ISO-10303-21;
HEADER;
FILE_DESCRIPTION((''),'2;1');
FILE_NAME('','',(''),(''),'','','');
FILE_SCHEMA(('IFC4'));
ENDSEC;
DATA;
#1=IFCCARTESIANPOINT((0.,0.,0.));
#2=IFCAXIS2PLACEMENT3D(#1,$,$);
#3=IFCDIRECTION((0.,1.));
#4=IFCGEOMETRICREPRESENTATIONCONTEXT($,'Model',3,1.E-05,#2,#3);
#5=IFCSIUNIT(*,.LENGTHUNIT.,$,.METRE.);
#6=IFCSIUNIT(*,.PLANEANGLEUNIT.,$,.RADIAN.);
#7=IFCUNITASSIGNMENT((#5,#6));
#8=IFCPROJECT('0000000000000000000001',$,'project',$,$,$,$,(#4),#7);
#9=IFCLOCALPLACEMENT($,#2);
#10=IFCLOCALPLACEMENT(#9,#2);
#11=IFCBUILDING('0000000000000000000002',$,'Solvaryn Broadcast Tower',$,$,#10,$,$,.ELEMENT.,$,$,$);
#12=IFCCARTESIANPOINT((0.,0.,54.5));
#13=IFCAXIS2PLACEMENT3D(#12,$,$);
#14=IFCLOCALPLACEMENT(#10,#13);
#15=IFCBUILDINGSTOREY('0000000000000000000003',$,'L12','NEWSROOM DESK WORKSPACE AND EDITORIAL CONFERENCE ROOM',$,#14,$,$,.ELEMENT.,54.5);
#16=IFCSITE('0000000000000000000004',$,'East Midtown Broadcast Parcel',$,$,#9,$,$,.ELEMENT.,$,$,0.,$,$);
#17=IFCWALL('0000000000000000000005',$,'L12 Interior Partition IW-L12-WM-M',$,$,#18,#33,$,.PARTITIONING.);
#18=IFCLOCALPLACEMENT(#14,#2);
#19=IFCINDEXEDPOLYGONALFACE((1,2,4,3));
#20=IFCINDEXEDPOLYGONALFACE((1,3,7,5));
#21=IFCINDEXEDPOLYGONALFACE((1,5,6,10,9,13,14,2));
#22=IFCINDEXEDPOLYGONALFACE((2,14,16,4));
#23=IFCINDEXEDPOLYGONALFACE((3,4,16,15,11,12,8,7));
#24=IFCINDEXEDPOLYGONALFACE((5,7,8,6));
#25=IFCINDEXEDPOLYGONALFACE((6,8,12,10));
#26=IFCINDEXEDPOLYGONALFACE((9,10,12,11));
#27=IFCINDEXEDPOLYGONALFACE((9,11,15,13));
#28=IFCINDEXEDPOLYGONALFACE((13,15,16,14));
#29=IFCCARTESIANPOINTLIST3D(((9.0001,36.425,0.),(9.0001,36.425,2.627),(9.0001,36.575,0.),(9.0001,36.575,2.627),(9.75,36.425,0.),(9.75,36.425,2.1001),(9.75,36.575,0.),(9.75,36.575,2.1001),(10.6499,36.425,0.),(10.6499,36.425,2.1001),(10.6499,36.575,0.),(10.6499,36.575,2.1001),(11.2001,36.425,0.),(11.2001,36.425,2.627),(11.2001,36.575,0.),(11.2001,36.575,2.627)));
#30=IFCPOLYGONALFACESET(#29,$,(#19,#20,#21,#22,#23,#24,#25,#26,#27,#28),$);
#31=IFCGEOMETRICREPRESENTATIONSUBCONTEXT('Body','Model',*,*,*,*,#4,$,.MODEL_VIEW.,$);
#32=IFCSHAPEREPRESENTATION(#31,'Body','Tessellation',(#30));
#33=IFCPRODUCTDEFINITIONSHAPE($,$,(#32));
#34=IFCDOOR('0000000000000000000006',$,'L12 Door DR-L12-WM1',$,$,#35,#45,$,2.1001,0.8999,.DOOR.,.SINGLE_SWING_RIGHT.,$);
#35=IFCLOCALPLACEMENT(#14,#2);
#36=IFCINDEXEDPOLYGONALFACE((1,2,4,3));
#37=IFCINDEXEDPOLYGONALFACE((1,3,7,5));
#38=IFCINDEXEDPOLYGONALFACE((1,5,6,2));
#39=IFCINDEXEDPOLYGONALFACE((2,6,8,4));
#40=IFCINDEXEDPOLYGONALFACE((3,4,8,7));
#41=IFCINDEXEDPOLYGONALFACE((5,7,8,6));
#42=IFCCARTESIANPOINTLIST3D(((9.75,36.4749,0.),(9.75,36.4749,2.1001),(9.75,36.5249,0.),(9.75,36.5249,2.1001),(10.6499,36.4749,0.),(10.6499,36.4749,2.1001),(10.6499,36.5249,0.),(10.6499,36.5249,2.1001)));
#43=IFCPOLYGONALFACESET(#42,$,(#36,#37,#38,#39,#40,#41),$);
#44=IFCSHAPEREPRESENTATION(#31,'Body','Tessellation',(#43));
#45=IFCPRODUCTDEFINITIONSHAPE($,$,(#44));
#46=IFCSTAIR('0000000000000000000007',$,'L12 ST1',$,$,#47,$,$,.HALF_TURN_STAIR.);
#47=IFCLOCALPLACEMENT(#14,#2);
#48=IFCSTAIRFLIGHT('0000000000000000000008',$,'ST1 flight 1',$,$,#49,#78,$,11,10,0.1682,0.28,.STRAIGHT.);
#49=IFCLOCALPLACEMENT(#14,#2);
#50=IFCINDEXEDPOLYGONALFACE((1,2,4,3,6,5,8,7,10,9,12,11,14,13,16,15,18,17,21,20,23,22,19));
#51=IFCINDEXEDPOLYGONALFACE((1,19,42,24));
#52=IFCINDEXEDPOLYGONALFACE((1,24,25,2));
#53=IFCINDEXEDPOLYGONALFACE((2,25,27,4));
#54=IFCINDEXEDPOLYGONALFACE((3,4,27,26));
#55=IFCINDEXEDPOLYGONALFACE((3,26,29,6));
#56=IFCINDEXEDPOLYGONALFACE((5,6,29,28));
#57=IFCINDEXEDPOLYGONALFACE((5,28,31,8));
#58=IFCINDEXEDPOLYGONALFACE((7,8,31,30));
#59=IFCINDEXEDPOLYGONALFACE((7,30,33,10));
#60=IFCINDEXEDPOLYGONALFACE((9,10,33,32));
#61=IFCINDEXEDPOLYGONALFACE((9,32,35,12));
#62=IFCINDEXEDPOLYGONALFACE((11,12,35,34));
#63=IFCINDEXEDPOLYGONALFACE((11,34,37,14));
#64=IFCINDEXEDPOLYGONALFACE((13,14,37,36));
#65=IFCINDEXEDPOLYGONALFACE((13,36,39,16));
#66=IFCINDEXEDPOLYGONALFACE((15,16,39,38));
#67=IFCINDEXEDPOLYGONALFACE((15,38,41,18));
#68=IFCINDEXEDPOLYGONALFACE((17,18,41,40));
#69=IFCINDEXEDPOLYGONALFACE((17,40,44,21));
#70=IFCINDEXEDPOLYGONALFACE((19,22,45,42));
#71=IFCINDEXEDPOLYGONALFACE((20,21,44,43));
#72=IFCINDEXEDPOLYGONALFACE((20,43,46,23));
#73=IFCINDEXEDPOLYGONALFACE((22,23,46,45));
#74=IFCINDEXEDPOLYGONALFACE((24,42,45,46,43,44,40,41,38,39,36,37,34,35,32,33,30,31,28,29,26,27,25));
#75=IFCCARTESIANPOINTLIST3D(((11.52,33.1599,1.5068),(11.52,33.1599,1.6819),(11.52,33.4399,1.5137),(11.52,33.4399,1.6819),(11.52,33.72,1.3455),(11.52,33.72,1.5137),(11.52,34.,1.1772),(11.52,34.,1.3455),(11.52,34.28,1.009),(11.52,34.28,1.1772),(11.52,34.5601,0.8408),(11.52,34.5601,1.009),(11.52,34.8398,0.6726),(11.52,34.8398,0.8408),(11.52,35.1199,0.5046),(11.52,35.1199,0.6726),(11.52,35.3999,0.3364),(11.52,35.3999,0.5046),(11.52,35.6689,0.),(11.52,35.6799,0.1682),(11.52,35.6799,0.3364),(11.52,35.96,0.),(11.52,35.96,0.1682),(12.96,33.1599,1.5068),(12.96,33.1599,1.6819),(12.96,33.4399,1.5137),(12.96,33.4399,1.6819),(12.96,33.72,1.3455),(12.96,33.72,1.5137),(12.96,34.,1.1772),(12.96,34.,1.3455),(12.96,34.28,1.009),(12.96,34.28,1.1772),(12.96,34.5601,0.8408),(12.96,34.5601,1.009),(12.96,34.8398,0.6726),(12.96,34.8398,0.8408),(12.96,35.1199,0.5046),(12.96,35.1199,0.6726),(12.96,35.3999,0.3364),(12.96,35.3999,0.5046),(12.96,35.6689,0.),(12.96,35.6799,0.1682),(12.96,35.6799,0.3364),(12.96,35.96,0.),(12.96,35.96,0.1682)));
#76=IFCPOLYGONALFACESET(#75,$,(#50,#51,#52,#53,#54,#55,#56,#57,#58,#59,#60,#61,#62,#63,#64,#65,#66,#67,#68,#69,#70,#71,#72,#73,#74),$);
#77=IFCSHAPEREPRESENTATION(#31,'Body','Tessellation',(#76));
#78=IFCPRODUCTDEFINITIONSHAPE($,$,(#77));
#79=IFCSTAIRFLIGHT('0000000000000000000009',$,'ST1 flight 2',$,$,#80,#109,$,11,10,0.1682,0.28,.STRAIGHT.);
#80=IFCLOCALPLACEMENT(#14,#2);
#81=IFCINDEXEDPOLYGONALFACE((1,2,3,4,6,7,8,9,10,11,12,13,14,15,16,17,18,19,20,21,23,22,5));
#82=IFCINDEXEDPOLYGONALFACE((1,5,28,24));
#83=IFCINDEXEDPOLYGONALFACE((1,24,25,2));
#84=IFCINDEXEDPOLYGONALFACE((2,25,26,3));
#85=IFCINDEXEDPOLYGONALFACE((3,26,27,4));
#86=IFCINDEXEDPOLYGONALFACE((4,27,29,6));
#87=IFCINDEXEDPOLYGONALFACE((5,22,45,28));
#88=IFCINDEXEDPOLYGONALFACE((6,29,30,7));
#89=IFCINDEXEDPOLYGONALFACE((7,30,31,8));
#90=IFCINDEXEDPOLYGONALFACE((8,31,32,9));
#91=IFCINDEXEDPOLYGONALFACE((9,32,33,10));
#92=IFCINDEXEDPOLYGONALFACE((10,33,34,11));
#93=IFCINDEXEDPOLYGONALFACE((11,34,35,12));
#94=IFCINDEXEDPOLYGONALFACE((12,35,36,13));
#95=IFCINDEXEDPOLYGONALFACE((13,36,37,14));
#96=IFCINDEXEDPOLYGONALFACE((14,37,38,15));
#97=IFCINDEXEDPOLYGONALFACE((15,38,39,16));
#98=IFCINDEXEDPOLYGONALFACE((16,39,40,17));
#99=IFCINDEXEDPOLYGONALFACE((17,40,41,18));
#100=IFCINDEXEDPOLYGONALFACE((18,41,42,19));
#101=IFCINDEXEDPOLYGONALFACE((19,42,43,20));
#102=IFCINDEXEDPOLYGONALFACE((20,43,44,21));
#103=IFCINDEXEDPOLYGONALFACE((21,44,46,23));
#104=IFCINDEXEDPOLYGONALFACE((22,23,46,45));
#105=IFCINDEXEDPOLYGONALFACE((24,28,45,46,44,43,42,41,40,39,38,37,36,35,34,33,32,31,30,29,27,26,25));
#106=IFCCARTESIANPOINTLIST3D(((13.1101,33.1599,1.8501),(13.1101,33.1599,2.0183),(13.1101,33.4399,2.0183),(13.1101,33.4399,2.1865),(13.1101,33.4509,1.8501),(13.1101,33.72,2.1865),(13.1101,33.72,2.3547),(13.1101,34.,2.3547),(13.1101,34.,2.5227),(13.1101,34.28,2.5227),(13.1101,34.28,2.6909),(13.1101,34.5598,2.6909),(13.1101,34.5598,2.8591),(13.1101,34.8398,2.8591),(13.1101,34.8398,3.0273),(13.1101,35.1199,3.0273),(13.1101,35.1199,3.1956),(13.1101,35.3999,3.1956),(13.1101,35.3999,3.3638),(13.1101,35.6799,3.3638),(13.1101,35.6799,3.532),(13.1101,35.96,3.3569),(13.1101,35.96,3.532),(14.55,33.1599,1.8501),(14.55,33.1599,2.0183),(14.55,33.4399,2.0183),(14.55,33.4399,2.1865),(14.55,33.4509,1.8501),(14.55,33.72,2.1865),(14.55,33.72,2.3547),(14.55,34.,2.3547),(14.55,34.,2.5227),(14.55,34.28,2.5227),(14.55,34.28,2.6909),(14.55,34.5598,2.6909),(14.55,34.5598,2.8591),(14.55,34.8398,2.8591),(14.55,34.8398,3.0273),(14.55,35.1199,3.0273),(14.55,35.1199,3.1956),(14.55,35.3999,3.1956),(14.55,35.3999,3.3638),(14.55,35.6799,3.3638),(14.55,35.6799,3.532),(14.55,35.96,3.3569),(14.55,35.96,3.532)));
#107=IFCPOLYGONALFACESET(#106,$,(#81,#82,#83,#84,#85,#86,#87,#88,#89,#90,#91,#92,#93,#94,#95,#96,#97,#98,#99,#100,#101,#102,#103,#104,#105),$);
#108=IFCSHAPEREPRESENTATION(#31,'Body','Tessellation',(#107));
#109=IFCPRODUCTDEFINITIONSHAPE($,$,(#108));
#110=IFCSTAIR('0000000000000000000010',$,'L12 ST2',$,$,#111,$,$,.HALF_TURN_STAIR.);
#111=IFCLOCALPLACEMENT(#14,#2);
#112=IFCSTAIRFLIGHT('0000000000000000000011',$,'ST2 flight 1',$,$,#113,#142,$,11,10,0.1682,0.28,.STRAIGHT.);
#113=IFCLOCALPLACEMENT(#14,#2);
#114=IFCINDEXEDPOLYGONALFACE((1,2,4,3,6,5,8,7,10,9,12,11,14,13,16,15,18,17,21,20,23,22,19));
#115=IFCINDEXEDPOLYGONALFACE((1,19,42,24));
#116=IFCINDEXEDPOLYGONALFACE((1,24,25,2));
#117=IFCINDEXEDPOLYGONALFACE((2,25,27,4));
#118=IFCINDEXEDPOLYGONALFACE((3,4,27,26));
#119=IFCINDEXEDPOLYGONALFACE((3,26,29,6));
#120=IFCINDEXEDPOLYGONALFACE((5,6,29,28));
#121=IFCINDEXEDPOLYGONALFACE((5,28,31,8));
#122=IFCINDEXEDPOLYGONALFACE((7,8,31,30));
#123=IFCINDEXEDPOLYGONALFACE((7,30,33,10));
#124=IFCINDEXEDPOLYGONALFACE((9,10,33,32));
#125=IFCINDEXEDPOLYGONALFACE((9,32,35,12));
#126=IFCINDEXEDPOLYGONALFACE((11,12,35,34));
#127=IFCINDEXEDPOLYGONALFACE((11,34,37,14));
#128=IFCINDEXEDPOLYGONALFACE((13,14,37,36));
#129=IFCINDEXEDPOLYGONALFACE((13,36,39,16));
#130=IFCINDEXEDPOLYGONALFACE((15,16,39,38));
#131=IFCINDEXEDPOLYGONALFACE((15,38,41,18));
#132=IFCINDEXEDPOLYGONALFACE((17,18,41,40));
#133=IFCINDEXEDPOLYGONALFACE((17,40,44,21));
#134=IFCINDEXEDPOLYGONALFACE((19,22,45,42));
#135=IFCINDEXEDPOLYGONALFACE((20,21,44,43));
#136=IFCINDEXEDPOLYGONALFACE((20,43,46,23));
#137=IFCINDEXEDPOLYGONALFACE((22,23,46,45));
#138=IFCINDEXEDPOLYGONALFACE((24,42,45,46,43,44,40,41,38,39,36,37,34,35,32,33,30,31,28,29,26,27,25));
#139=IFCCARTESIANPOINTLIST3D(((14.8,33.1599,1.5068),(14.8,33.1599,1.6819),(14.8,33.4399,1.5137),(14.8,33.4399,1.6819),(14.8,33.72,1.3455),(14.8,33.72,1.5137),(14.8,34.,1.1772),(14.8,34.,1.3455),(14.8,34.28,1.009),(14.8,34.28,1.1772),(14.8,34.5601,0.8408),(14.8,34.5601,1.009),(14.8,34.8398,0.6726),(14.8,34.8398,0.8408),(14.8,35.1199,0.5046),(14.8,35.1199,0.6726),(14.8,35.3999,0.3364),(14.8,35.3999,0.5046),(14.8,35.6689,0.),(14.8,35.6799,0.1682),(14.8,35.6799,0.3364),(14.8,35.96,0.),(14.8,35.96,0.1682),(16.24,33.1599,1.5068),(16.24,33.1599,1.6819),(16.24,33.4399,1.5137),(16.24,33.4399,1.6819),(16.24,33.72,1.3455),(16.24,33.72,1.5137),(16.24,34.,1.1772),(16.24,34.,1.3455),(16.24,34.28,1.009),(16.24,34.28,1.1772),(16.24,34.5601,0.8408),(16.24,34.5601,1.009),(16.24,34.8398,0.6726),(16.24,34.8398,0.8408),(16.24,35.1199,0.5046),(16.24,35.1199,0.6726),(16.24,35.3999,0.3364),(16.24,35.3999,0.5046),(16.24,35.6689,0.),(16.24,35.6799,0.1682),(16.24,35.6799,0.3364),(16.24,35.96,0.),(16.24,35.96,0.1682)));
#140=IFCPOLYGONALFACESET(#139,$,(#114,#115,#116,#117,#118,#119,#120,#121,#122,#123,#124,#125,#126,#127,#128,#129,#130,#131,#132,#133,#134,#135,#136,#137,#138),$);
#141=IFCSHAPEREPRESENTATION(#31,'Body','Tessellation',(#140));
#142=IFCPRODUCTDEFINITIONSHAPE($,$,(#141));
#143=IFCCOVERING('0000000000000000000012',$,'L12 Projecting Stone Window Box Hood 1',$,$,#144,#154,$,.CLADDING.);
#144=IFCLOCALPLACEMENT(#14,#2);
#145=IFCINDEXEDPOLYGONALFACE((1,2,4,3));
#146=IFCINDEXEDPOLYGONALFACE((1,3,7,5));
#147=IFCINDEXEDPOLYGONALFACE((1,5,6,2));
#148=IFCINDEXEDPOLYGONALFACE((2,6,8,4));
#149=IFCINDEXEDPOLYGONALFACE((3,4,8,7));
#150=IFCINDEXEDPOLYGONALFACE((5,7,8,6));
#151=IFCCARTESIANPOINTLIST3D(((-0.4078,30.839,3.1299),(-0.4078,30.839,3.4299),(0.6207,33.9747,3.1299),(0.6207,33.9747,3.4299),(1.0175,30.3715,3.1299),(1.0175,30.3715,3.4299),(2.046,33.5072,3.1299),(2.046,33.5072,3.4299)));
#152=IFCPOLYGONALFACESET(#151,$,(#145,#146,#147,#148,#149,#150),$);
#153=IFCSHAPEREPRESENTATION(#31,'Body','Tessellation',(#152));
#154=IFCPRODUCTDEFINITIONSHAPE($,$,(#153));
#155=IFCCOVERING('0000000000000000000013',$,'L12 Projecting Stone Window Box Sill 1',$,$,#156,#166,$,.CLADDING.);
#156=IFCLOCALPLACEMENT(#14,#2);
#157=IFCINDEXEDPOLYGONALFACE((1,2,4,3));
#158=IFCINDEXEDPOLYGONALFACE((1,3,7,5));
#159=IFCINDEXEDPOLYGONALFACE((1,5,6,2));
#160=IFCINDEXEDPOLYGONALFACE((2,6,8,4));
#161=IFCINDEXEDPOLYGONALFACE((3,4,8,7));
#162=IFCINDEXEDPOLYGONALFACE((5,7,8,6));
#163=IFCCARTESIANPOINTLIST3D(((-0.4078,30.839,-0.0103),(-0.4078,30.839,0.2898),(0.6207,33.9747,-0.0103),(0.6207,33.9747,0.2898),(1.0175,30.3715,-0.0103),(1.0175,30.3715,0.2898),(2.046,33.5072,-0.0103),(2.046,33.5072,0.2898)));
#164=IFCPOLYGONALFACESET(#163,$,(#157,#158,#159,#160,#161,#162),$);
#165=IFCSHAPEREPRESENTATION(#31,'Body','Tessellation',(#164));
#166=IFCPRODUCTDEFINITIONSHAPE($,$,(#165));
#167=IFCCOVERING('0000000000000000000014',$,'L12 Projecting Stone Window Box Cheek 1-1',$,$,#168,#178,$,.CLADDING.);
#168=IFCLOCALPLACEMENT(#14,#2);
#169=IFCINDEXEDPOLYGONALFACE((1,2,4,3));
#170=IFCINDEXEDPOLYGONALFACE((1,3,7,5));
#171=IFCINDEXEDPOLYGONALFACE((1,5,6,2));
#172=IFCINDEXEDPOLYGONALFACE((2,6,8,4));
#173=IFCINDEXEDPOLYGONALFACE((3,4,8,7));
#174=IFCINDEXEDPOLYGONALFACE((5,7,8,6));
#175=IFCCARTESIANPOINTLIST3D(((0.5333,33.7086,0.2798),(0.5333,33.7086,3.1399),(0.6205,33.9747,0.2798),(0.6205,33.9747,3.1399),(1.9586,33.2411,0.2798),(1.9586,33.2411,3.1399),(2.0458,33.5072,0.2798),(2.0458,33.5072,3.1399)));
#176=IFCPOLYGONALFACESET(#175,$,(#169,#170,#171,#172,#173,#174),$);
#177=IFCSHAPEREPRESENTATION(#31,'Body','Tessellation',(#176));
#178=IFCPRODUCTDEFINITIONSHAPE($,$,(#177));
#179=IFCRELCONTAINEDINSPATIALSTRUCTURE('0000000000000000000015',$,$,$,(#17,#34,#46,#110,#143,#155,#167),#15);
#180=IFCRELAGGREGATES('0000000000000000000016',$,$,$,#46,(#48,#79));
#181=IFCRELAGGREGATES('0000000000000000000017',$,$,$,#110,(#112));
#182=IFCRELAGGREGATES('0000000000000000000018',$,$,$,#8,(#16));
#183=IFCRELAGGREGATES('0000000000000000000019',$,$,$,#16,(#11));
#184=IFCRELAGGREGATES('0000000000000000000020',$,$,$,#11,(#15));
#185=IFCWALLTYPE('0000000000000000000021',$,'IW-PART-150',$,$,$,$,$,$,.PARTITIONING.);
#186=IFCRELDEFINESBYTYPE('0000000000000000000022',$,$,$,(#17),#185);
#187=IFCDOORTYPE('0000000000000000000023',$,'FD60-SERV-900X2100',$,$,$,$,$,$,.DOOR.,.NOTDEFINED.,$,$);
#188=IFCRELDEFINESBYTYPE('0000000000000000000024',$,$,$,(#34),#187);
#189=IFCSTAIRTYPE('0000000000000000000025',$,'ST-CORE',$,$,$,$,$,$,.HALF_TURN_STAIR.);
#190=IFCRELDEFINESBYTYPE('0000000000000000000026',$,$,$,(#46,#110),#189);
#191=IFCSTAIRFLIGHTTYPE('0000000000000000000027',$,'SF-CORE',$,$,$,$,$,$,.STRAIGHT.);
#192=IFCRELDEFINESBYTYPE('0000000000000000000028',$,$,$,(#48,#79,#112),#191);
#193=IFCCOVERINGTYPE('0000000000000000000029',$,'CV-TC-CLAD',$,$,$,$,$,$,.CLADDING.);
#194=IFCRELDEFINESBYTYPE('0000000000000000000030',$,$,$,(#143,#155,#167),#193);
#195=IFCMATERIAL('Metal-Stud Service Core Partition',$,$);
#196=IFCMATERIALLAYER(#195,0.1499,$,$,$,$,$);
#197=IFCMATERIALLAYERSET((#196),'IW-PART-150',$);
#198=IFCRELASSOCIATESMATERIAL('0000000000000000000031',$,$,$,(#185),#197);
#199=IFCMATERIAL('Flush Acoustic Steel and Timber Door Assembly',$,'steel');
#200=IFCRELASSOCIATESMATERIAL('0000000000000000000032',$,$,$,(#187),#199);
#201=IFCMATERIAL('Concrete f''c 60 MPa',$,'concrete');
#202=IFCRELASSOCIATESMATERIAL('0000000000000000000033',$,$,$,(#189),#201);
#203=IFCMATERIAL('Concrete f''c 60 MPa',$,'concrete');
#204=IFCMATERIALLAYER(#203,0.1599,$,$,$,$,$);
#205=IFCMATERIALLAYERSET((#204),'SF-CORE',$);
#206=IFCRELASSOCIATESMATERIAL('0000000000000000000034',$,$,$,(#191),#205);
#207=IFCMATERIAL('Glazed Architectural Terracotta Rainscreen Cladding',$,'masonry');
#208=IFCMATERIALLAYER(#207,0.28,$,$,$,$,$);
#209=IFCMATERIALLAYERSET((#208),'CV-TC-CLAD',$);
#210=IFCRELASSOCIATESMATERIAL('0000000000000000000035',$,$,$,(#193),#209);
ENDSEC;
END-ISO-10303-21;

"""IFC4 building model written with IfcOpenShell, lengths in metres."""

from ifc_helpers import new_model, si_unit, direction, frame, frame_2d, origin, origin_2d, place, context, subcontext, project, spatial, polyline, rectangle, outline, extrude, material, layer, layer_set, type_object, element, fill, aggregate, save


model = new_model("IFC4")

# Units and contexts
model_context = context("Model", 3, precision=1e-05, world=origin(), true_north=direction((0.0, 1.0)))
body_context = subcontext(model_context, "Body", "Model", "MODEL_VIEW")
ifc_project = project(units=[si_unit("LENGTHUNIT", "METRE"), si_unit("PLANEANGLEUNIT", "RADIAN")], contexts=[model_context])

# Site, building, storey
site_placement = place(None, origin())
site = spatial("IfcSite", under=ifc_project, at=site_placement, Name="East Midtown Broadcast Parcel", CompositionType="ELEMENT", RefElevation=0.0)
building_placement = place(site_placement, origin())
building = spatial("IfcBuilding", under=site, at=building_placement, Name="Solvaryn Broadcast Tower", CompositionType="ELEMENT")
storey_placement = place(building_placement, frame((0.0, 0.0, 54.5)))
storey = spatial("IfcBuildingStorey", under=building, at=storey_placement, Name="L12", Description="NEWSROOM DESK WORKSPACE AND EDITORIAL CONFERENCE ROOM", CompositionType="ELEMENT", Elevation=54.5)

# Wall, opening, door
ifc_material_1 = material(Name="Metal-Stud Service Core Partition")
ifc_layer_1 = layer(ifc_material_1, 0.1499)
ifc_layer_set_1 = layer_set([ifc_layer_1], Name="IW-PART-150")
wall_type = type_object("IfcWallType", Name="IW-PART-150", PredefinedType="PARTITIONING", material=ifc_layer_set_1)
wall_placement = place(storey_placement, frame((9.0, 36.5, 0.0), z_axis=(0.0, 0.0, 1.0), x_axis=(1.0, 0.0, 0.0)))
wall = element("IfcWall", 1, at=wall_placement, inside=storey, type_object=wall_type, Name="L12 Interior Partition IW-L12-WM-M", PredefinedType="PARTITIONING", context=body_context, shape_type="SweptSolid", body=[
    extrude(rectangle(XDim=2.2, YDim=0.1499, at=frame_2d((1.1001, 0.0))), origin(), (0.0, 0.0, 1.0), 2.627),
])
opening_placement = place(wall_placement, frame((0.75, 0.0, 0.0)))
opening = element("IfcOpeningElement", 2, at=opening_placement, cuts=wall, PredefinedType="OPENING", context=body_context, shape_type="SweptSolid", body=[
    extrude(rectangle(XDim=0.8999, YDim=2.1001, at=frame_2d((0.45, 1.05))), frame((0.0, 0.085, 0.0), z_axis=(0.0, -1.0, 0.0), x_axis=(1.0, 0.0, 0.0)), (0.0, 0.0, 1.0), 0.1699),
])
ifc_material_2 = material(Name="Flush Acoustic Steel and Timber Door Assembly", Category="steel")
door_type = type_object("IfcDoorType", Name="FD60-SERV-900X2100", OperationType="NOTDEFINED", PredefinedType="DOOR", material=ifc_material_2)
door_placement = place(opening_placement, origin())
door = element("IfcDoor", 3, at=door_placement, inside=storey, type_object=door_type, Name="L12 Door DR-L12-WM1", OperationType="SINGLE_SWING_RIGHT", OverallHeight=2.1001, OverallWidth=0.8999, PredefinedType="DOOR", context=body_context, shape_type="SweptSolid", body=[
    extrude(rectangle(XDim=0.8999, YDim=2.1001, at=frame_2d((0.45, 1.05))), frame((0.0, 0.0249, 0.0), z_axis=(0.0, -1.0, 0.0), x_axis=(1.0, 0.0, 0.0)), (0.0, 0.0, 1.0), 0.05),
])
fill(opening, door)

# Stair, stair flights
ifc_material_3 = material(Name="Concrete f'c 60 MPa", Category="concrete")
stair_type = type_object("IfcStairType", Name="ST-CORE", PredefinedType="HALF_TURN_STAIR", material=ifc_material_3)
stair_1_placement = place(storey_placement, origin())
stair_1 = element("IfcStair", 4, at=stair_1_placement, inside=storey, type_object=stair_type, Name="L12 ST1", PredefinedType="HALF_TURN_STAIR")
ifc_material_4 = material(Name="Concrete f'c 60 MPa", Category="concrete")
ifc_layer_2 = layer(ifc_material_4, 0.1599)
ifc_layer_set_2 = layer_set([ifc_layer_2], Name="SF-CORE")
stair_flight_type = type_object("IfcStairFlightType", Name="SF-CORE", PredefinedType="STRAIGHT", material=ifc_layer_set_2)
stair_flight_1_placement = place(storey_placement, frame((12.24, 35.96, 0.0), z_axis=(0.0, 0.0, 1.0), x_axis=(0.0, -1.0, 0.0)))
stair_flight_1 = element("IfcStairFlight", 5, at=stair_flight_1_placement, type_object=stair_flight_type, Name="ST1 flight 1", NumberOfRisers=11, NumberOfTreads=10, PredefinedType="STRAIGHT", RiserHeight=0.1682, TreadLength=0.28, context=body_context, shape_type="SweptSolid", body=[
    extrude(outline(polyline([(0.0, 0.0), (0.0, 0.1682), (0.28, 0.1682), (0.28, 0.3364), (0.5601, 0.3364), (0.5601, 0.5046), (0.8401, 0.5046), (0.8401, 0.6726), (1.1201, 0.6726), (1.1201, 0.8408), (1.3999, 0.8408), (1.3999, 1.009), (1.6799, 1.009), (1.6799, 1.1772), (1.96, 1.1772), (1.96, 1.3455), (2.24, 1.3455), (2.24, 1.5137), (2.52, 1.5137), (2.52, 1.6819), (2.8, 1.6819), (2.8, 1.8501), (2.8, 1.5068), (0.291, 0.0), (0.0, 0.0)])), frame((0.0, 0.72, 0.0), z_axis=(0.0, -1.0, 0.0), x_axis=(1.0, 0.0, 0.0)), (0.0, 0.0, 1.0), 1.4399),
])
stair_flight_2_placement = place(storey_placement, frame((13.8301, 33.1599, 1.8501), z_axis=(0.0, 0.0, 1.0), x_axis=(0.0, 1.0, 0.0)))
stair_flight_2 = element("IfcStairFlight", 6, at=stair_flight_2_placement, type_object=stair_flight_type, Name="ST1 flight 2", NumberOfRisers=11, NumberOfTreads=10, PredefinedType="STRAIGHT", RiserHeight=0.1682, TreadLength=0.28, context=body_context, shape_type="SweptSolid", body=[
    extrude(outline(polyline([(0.0, 0.0), (0.0, 0.1682), (0.28, 0.1682), (0.28, 0.3364), (0.5601, 0.3364), (0.5601, 0.5046), (0.8401, 0.5046), (0.8401, 0.6726), (1.1201, 0.6726), (1.1201, 0.8408), (1.3999, 0.8408), (1.3999, 1.009), (1.6799, 1.009), (1.6799, 1.1772), (1.96, 1.1772), (1.96, 1.3455), (2.24, 1.3455), (2.24, 1.5137), (2.52, 1.5137), (2.52, 1.6819), (2.8, 1.6819), (2.8, 1.8501), (2.8, 1.5068), (0.291, 0.0), (0.0, 0.0)])), frame((0.0, 0.72, 0.0), z_axis=(0.0, -1.0, 0.0), x_axis=(1.0, 0.0, 0.0)), (0.0, 0.0, 1.0), 1.4399),
])
aggregate(stair_1, [stair_flight_1, stair_flight_2])

# Stair, stair flight
stair_2_placement = place(storey_placement, origin())
stair_2 = element("IfcStair", 7, at=stair_2_placement, inside=storey, type_object=stair_type, Name="L12 ST2", PredefinedType="HALF_TURN_STAIR")
stair_flight_3_placement = place(storey_placement, frame((15.52, 35.96, 0.0), z_axis=(0.0, 0.0, 1.0), x_axis=(0.0, -1.0, 0.0)))
stair_flight_3 = element("IfcStairFlight", 8, at=stair_flight_3_placement, type_object=stair_flight_type, Name="ST2 flight 1", NumberOfRisers=11, NumberOfTreads=10, PredefinedType="STRAIGHT", RiserHeight=0.1682, TreadLength=0.28, context=body_context, shape_type="SweptSolid", body=[
    extrude(outline(polyline([(0.0, 0.0), (0.0, 0.1682), (0.28, 0.1682), (0.28, 0.3364), (0.5601, 0.3364), (0.5601, 0.5046), (0.8401, 0.5046), (0.8401, 0.6726), (1.1201, 0.6726), (1.1201, 0.8408), (1.3999, 0.8408), (1.3999, 1.009), (1.6799, 1.009), (1.6799, 1.1772), (1.96, 1.1772), (1.96, 1.3455), (2.24, 1.3455), (2.24, 1.5137), (2.52, 1.5137), (2.52, 1.6819), (2.8, 1.6819), (2.8, 1.8501), (2.8, 1.5068), (0.291, 0.0), (0.0, 0.0)])), frame((0.0, 0.72, 0.0), z_axis=(0.0, -1.0, 0.0), x_axis=(1.0, 0.0, 0.0)), (0.0, 0.0, 1.0), 1.4399),
])
aggregate(stair_2, [stair_flight_3])

# Coverings
ifc_material_5 = material(Name="Glazed Architectural Terracotta Rainscreen Cladding", Category="masonry")
ifc_layer_3 = layer(ifc_material_5, 0.28)
ifc_layer_set_3 = layer_set([ifc_layer_3], Name="CV-TC-CLAD")
covering_type = type_object("IfcCoveringType", Name="CV-TC-CLAD", PredefinedType="CLADDING", material=ifc_layer_set_3)
for number, where, z_axis, x_axis, name in (
    (9, (0.8191, 32.1731, 3.1299), (0.0, 0.0, 1.0), (-0.311672, -0.95019, 0.0), "L12 Projecting Stone Window Box Hood 1"),
    (10, (0.8191, 32.1731, -0.0103), (0.0, 0.0, 1.0), (-0.311672, -0.95019, 0.0), "L12 Projecting Stone Window Box Sill 1"),
):
    element("IfcCovering", number, at=place(storey_placement, frame(where, z_axis=z_axis, x_axis=x_axis)), inside=storey, type_object=covering_type, Name=name, PredefinedType="CLADDING", context=body_context, shape_type="SweptSolid", body=[
        extrude(rectangle(XDim=3.3, YDim=1.5, at=origin_2d()), origin(), (0.0, 0.0, 1.0), 0.3),
    ])
covering_placement = place(storey_placement, frame((1.2896, 33.6079, 0.2798), z_axis=(0.0, 0.0, 1.0), x_axis=(-0.311672, -0.95019, 0.0)))
element("IfcCovering", 11, at=covering_placement, inside=storey, type_object=covering_type, Name="L12 Projecting Stone Window Box Cheek 1-1", PredefinedType="CLADDING", context=body_context, shape_type="SweptSolid", body=[
    extrude(rectangle(XDim=0.28, YDim=1.5, at=origin_2d()), origin(), (0.0, 0.0, 1.0), 2.8601),
])

save(model, "model.ifc")
